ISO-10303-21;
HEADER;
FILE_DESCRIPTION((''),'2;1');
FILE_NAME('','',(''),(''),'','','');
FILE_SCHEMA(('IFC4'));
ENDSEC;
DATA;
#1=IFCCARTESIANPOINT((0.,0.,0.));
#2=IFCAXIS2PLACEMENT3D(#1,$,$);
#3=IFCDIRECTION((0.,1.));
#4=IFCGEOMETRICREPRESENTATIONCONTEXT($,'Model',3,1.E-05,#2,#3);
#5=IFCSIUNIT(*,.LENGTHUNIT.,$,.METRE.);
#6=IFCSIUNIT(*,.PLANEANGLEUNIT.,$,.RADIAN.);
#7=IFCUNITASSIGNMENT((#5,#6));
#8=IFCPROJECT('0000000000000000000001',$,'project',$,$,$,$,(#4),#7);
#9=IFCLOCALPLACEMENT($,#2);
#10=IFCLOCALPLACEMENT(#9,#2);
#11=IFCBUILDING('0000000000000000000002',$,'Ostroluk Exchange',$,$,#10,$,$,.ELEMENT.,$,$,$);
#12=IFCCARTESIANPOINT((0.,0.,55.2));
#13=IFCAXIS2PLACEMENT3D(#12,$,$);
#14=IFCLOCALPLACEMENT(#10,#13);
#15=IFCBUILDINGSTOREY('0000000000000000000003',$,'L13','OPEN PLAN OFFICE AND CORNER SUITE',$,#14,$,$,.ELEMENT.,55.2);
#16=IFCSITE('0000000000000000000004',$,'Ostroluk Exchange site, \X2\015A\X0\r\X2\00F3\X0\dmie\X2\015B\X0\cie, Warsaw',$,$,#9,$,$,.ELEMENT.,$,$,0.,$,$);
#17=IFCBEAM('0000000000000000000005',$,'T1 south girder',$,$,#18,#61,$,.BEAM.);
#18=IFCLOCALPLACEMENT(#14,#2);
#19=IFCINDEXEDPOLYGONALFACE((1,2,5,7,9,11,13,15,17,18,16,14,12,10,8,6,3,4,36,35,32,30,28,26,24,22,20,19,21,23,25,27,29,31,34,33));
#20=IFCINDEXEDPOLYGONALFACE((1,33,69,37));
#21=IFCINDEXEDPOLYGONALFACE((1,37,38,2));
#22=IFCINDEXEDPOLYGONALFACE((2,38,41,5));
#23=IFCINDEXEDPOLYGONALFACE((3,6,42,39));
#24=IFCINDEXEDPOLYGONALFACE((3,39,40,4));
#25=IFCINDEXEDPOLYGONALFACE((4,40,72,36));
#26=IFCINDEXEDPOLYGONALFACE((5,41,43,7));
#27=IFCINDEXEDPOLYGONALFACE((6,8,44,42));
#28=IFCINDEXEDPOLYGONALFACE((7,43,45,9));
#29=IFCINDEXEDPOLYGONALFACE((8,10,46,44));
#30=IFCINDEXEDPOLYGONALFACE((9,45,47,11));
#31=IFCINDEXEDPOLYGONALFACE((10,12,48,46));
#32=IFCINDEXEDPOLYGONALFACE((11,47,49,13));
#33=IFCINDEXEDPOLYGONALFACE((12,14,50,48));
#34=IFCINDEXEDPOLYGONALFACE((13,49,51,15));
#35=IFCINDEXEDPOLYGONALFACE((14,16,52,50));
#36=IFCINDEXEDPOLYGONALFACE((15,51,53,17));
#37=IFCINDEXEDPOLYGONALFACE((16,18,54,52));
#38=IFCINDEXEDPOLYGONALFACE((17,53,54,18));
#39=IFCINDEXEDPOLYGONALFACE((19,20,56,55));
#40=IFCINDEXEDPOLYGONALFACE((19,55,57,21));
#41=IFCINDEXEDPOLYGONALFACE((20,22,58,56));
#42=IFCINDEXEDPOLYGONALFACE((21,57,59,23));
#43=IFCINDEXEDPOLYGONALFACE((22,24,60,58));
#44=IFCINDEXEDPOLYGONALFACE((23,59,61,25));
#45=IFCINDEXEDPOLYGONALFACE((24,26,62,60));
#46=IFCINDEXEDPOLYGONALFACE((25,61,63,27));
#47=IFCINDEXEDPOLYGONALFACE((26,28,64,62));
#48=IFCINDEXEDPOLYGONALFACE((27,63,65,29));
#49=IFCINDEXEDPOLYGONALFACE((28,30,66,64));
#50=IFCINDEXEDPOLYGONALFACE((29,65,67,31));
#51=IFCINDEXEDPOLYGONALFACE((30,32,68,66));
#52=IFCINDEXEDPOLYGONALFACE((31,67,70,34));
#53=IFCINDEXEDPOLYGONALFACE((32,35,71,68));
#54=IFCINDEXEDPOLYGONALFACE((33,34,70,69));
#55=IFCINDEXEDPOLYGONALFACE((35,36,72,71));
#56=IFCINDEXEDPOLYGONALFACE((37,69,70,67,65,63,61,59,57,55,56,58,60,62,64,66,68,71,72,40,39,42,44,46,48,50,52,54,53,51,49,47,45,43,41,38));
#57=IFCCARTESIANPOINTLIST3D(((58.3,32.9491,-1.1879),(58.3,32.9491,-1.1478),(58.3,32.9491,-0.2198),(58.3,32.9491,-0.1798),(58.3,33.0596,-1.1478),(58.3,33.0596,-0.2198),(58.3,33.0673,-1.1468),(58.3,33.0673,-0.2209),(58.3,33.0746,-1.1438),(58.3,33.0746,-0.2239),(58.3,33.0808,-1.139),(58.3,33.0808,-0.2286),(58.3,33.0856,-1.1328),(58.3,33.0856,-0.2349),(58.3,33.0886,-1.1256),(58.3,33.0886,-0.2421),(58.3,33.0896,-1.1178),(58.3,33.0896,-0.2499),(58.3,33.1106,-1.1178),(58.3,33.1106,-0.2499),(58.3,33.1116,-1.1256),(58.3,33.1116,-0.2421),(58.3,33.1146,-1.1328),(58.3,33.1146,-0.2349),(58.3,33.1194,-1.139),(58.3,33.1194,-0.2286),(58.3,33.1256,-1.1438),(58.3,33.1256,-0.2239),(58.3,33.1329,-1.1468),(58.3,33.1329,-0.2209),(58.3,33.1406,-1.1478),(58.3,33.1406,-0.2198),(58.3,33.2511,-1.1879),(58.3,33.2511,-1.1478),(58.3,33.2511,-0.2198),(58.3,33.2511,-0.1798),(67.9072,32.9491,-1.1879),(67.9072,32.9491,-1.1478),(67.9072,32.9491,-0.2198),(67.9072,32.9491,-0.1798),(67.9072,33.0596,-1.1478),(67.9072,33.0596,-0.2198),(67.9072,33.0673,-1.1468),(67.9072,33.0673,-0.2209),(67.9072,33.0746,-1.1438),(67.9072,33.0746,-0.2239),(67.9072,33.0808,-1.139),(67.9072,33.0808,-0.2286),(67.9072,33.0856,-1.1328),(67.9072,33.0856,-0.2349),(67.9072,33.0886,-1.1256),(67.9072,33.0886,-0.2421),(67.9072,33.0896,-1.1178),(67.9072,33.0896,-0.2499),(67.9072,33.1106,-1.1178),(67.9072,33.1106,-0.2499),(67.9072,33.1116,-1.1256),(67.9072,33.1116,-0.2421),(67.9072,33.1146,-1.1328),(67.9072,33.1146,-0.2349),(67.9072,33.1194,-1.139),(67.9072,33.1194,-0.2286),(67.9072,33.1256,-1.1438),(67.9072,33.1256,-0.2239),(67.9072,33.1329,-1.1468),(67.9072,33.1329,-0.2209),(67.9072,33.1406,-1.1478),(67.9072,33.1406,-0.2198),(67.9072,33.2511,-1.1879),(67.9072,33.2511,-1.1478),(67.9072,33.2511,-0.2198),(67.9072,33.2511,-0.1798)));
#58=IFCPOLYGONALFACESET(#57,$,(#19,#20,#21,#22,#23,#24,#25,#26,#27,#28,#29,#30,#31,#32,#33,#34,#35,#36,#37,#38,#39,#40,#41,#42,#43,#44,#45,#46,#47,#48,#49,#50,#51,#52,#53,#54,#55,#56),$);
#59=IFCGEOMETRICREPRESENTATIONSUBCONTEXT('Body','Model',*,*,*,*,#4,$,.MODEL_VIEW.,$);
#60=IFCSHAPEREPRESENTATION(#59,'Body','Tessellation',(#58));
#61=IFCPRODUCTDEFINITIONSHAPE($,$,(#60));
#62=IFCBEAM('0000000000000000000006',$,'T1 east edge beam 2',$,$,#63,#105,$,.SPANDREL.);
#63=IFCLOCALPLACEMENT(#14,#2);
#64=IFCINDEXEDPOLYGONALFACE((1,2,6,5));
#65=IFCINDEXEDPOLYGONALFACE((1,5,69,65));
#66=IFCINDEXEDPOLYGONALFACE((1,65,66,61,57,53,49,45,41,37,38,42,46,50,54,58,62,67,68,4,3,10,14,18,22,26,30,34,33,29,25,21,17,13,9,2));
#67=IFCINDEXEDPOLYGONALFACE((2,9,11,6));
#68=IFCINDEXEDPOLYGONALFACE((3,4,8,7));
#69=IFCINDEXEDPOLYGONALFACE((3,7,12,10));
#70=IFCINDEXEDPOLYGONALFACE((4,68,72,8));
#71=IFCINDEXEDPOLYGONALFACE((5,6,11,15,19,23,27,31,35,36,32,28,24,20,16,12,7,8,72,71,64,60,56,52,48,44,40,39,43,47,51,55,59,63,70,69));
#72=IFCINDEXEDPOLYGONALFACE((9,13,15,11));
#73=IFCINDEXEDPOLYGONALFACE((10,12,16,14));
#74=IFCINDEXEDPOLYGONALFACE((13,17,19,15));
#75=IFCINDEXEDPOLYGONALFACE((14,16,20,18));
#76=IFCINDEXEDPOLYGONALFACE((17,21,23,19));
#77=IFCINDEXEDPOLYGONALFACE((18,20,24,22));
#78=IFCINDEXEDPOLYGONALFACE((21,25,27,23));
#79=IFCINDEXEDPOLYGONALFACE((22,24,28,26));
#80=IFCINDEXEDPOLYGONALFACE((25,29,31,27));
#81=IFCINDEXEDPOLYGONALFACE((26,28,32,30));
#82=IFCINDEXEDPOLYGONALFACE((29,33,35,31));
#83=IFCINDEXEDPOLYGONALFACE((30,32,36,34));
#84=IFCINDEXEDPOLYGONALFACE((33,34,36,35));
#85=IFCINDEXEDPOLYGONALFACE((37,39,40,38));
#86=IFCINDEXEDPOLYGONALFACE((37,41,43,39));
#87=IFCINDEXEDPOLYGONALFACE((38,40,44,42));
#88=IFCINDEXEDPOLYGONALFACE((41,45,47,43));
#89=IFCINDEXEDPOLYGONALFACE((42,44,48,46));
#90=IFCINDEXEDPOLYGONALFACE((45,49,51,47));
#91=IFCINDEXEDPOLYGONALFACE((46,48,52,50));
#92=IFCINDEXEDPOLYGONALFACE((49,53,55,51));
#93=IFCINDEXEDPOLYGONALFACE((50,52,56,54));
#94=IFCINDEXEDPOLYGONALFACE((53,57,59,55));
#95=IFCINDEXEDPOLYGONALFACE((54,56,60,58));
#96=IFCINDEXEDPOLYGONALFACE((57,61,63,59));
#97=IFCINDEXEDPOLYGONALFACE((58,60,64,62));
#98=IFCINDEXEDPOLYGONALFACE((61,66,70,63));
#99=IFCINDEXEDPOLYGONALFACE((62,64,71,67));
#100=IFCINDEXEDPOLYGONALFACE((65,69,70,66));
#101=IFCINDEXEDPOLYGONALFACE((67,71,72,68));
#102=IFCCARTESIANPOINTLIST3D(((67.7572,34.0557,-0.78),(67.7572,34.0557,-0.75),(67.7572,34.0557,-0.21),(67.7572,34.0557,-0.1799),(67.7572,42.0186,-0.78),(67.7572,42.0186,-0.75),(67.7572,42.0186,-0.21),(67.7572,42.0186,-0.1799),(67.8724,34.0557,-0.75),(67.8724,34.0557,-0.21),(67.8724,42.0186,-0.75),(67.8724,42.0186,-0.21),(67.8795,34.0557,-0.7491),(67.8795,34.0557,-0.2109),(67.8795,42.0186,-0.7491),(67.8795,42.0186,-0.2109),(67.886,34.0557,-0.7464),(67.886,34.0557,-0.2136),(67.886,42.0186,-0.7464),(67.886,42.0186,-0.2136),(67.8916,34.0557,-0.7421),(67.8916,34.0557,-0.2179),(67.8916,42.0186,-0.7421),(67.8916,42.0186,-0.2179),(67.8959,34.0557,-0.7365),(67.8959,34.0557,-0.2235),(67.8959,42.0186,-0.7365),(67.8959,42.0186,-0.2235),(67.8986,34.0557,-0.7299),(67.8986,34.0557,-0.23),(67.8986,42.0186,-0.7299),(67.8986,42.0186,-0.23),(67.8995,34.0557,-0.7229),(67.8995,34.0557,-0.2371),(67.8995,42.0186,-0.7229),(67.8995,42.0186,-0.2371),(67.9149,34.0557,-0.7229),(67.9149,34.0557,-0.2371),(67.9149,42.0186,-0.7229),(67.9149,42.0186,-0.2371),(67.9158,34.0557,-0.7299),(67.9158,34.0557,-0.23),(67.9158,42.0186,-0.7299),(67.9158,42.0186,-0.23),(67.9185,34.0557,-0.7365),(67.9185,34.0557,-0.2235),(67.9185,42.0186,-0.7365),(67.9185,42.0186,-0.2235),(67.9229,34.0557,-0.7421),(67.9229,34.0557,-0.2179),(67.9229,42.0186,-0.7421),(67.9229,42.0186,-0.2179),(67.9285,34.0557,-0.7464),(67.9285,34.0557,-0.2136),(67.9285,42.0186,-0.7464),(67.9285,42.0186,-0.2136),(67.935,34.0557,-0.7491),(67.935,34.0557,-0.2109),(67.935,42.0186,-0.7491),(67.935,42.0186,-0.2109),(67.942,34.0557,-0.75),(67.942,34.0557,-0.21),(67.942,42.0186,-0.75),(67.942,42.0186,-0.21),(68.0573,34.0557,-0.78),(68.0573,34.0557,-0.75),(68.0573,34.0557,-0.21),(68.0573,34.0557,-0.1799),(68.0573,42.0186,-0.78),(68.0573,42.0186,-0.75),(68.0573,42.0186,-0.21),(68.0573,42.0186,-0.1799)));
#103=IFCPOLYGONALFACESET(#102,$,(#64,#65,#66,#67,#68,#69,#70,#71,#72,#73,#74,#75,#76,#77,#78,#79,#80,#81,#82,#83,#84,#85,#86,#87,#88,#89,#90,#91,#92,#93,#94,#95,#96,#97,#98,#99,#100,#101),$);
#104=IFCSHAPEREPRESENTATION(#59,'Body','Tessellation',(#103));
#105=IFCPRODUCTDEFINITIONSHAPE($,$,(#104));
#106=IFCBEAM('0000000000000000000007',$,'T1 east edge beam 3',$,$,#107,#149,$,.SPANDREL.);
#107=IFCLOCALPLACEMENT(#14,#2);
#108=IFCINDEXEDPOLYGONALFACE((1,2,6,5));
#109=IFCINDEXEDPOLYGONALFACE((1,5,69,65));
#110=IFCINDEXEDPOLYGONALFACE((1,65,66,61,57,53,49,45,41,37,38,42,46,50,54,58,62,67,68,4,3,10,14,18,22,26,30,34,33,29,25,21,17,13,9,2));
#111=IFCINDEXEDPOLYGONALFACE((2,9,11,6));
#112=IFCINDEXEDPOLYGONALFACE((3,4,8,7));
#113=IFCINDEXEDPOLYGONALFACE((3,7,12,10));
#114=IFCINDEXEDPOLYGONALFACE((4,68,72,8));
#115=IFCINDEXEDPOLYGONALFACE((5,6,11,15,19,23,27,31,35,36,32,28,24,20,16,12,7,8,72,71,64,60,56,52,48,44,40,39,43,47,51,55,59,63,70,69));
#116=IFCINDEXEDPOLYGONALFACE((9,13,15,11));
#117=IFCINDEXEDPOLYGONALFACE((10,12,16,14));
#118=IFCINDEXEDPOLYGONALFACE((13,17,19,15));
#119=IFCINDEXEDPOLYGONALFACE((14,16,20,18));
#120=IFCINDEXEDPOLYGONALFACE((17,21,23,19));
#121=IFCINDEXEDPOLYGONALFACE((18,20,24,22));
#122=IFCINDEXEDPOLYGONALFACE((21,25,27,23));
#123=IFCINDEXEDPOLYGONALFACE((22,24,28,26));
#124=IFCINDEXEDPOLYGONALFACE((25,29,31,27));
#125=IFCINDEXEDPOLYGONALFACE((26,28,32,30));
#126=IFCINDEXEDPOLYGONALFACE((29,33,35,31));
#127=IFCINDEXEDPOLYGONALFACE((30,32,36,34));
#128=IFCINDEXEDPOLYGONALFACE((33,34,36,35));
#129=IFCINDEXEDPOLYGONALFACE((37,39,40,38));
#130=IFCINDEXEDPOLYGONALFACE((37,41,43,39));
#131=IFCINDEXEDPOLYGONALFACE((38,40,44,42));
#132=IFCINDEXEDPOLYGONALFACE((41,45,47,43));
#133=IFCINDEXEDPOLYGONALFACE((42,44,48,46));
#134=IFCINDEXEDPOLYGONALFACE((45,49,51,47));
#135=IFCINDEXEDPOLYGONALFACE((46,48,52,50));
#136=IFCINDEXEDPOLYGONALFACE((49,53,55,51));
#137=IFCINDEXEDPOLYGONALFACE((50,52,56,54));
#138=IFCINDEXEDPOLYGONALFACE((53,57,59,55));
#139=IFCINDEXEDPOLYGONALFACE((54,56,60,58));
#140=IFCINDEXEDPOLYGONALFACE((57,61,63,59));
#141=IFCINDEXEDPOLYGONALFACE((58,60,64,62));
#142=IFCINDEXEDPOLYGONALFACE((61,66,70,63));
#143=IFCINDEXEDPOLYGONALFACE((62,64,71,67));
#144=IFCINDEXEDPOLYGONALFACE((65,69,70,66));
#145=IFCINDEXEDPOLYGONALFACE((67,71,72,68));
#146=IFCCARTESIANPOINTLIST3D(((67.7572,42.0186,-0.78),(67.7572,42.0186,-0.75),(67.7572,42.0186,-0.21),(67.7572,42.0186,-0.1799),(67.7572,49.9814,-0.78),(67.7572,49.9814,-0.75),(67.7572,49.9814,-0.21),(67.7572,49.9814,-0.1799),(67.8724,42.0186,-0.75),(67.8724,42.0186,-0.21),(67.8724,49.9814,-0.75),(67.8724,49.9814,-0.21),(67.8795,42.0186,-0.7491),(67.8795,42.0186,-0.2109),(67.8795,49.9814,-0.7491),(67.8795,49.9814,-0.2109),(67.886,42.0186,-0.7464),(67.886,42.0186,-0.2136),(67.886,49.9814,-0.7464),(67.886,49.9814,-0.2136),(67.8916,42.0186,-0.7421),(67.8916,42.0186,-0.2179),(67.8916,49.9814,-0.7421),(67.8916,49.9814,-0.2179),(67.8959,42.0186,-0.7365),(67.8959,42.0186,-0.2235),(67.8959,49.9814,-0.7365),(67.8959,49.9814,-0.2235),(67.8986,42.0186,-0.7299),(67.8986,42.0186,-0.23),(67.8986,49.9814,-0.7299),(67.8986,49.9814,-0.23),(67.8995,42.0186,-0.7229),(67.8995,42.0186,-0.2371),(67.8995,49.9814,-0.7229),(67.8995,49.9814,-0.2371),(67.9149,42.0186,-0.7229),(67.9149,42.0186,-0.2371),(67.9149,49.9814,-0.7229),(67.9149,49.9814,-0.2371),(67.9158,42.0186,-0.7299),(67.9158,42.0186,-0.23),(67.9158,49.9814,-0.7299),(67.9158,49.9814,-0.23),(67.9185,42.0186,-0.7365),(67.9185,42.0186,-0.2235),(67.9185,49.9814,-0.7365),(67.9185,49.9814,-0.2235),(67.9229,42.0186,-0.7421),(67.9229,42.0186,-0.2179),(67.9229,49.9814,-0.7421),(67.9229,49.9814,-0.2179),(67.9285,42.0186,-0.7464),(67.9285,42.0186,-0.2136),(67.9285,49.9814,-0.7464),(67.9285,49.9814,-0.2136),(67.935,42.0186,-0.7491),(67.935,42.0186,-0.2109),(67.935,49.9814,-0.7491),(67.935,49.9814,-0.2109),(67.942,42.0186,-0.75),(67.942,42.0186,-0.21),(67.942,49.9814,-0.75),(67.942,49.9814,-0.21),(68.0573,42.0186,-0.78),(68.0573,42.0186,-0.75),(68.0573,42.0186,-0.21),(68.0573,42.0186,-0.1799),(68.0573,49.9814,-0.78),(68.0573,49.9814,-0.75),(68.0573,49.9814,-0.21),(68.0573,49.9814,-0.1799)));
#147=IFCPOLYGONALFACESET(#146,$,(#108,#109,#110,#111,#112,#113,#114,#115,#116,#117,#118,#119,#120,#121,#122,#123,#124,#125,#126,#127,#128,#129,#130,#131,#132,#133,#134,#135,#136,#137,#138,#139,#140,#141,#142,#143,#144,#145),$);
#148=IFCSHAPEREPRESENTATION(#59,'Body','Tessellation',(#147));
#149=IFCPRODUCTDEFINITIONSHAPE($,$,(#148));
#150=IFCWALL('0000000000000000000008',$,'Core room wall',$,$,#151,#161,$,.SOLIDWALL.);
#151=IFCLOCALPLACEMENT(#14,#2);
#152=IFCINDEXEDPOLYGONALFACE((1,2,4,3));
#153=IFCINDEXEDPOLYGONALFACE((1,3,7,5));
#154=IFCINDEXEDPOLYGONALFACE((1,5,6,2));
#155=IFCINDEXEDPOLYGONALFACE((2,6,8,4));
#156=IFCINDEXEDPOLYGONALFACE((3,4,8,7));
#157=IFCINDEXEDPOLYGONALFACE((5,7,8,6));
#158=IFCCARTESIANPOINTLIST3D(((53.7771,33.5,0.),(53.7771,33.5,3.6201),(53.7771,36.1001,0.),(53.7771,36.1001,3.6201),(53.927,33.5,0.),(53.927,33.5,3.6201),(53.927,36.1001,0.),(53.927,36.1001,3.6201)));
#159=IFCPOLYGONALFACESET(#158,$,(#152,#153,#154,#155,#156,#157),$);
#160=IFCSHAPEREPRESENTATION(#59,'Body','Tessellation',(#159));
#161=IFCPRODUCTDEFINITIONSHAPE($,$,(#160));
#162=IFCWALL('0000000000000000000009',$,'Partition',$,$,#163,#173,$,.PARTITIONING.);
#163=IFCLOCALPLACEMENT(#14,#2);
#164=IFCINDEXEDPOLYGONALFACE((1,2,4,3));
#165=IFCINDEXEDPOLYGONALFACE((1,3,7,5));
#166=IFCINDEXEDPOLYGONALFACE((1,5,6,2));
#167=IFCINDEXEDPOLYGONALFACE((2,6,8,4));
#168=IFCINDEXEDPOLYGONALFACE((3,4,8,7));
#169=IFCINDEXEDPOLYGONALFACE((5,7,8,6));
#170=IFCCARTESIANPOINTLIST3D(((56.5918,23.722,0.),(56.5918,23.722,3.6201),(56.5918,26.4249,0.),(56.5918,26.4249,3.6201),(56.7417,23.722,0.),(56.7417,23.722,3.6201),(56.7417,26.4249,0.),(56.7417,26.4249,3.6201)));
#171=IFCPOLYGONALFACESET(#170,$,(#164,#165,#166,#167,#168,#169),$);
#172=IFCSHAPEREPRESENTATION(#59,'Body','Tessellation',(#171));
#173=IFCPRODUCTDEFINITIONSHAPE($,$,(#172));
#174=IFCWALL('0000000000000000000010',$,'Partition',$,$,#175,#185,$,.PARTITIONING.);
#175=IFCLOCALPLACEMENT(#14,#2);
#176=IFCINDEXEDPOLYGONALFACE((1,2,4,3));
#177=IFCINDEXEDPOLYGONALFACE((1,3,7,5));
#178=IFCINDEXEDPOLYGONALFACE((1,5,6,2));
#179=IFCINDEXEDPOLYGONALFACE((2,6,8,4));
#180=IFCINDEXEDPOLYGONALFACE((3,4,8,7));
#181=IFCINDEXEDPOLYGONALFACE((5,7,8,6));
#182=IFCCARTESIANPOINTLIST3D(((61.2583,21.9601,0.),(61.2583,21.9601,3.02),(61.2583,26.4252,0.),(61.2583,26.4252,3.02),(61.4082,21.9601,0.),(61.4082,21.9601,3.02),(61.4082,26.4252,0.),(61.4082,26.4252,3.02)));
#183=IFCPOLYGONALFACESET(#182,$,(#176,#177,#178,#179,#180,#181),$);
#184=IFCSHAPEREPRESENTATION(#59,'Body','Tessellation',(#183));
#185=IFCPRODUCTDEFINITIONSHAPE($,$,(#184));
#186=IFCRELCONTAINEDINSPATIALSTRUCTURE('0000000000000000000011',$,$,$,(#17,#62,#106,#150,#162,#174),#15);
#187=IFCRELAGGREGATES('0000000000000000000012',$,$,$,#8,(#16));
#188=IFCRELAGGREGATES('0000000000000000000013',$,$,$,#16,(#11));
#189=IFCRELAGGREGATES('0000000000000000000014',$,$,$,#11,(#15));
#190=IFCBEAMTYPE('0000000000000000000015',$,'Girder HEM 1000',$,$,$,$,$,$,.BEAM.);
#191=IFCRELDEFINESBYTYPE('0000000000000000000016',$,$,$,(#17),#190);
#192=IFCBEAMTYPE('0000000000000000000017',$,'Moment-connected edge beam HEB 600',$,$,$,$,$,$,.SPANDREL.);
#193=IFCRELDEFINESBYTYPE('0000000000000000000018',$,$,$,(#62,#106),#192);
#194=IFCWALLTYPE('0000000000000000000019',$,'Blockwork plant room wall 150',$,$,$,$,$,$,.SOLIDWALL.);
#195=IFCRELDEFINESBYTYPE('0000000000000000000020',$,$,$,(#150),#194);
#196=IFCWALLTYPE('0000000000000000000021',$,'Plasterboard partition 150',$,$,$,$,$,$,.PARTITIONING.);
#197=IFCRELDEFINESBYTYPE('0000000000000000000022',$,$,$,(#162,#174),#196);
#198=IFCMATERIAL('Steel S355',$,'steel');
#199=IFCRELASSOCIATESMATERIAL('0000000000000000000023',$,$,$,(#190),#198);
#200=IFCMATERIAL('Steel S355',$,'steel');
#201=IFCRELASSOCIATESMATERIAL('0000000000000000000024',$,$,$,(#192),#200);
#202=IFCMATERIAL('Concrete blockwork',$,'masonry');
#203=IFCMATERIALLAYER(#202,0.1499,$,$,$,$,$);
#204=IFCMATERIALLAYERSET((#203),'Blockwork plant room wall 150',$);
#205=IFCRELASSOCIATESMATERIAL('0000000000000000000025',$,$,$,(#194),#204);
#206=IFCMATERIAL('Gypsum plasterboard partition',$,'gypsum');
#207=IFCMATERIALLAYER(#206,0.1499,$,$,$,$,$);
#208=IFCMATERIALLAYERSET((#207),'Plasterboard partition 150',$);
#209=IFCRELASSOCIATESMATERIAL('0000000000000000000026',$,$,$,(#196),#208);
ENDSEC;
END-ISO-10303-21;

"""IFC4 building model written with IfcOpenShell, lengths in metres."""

from ifc_helpers import new_model, si_unit, direction, frame, frame_2d, origin, origin_2d, place, context, subcontext, project, spatial, rectangle, i_section, extrude, material, layer, layer_set, material_profile, profile_set, type_object, element, save


model = new_model("IFC4")

# Units and contexts
model_context = context("Model", 3, precision=1e-05, world=origin(), true_north=direction((0.0, 1.0)))
body_context = subcontext(model_context, "Body", "Model", "MODEL_VIEW")
ifc_project = project(units=[si_unit("LENGTHUNIT", "METRE"), si_unit("PLANEANGLEUNIT", "RADIAN")], contexts=[model_context])

# Site, building, storey
site_placement = place(None, origin())
site = spatial("IfcSite", under=ifc_project, at=site_placement, Name="Ostroluk Exchange site, Śródmieście, Warsaw", CompositionType="ELEMENT", RefElevation=0.0)
building_placement = place(site_placement, origin())
building = spatial("IfcBuilding", under=site, at=building_placement, Name="Ostroluk Exchange", CompositionType="ELEMENT")
storey_placement = place(building_placement, frame((0.0, 0.0, 55.2)))
storey = spatial("IfcBuildingStorey", under=building, at=storey_placement, Name="L13", Description="OPEN PLAN OFFICE AND CORNER SUITE", CompositionType="ELEMENT", Elevation=55.2)

# Beams
ifc_material_1 = material(Name="Steel S355", Category="steel")
ifc_material_profile_1 = material_profile(ifc_material_1, i_section(OverallWidth=0.302, OverallDepth=1.0081, WebThickness=0.021, FlangeThickness=0.04, FilletRadius=0.03, at=origin_2d()), Name="HEM 1000")
ifc_profile_set_1 = profile_set([ifc_material_profile_1], Name="Steel S355")
beam_type_1 = type_object("IfcBeamType", Name="Girder HEM 1000", PredefinedType="BEAM", material=ifc_profile_set_1)
beam_1_placement = place(storey_placement, frame((58.3, 33.1001, -0.6838), z_axis=(1.0, 0.0, 0.0), x_axis=(0.0, 1.0, 0.0)))
element("IfcBeam", 1, at=beam_1_placement, inside=storey, type_object=beam_type_1, Name="T1 south girder", PredefinedType="BEAM", context=body_context, shape_type="SweptSolid", body=[
    extrude(i_section(OverallWidth=0.302, OverallDepth=1.0081, WebThickness=0.021, FlangeThickness=0.04, FilletRadius=0.03, at=origin_2d()), origin(), (0.0, 0.0, 1.0), 9.6072),
])
ifc_material_2 = material(Name="Steel S355", Category="steel")
ifc_material_profile_2 = material_profile(ifc_material_2, i_section(OverallWidth=0.3, OverallDepth=0.6001, WebThickness=0.0154, FlangeThickness=0.03, FilletRadius=0.0271, at=origin_2d()), Name="HEB 600")
ifc_profile_set_2 = profile_set([ifc_material_profile_2], Name="Steel S355")
beam_type_2 = type_object("IfcBeamType", Name="Moment-connected edge beam HEB 600", PredefinedType="SPANDREL", material=ifc_profile_set_2)
for number, where, z_axis, x_axis, name in (
    (2, (67.9072, 34.0557, -0.48), (0.0, 1.0, 0.0), (-1.0, 0.0, 0.0), "T1 east edge beam 2"),
    (3, (67.9072, 42.0186, -0.48), (0.0, 1.0, 0.0), (-1.0, 0.0, 0.0), "T1 east edge beam 3"),
):
    element("IfcBeam", number, at=place(storey_placement, frame(where, z_axis=z_axis, x_axis=x_axis)), inside=storey, type_object=beam_type_2, Name=name, PredefinedType="SPANDREL", context=body_context, shape_type="SweptSolid", body=[
        extrude(i_section(OverallWidth=0.3, OverallDepth=0.6001, WebThickness=0.0154, FlangeThickness=0.03, FilletRadius=0.0271, at=origin_2d()), origin(), (0.0, 0.0, 1.0), 7.9629),
    ])

# Wall
ifc_material_3 = material(Name="Concrete blockwork", Category="masonry")
ifc_layer_1 = layer(ifc_material_3, 0.1499)
ifc_layer_set_1 = layer_set([ifc_layer_1], Name="Blockwork plant room wall 150")
wall_type_1 = type_object("IfcWallType", Name="Blockwork plant room wall 150", PredefinedType="SOLIDWALL", material=ifc_layer_set_1)
wall_1_placement = place(storey_placement, frame((53.8521, 33.5, 0.0), z_axis=(0.0, 0.0, 1.0), x_axis=(0.0, 1.0, 0.0)))
element("IfcWall", 4, at=wall_1_placement, inside=storey, type_object=wall_type_1, Name="Core room wall", PredefinedType="SOLIDWALL", context=body_context, shape_type="SweptSolid", body=[
    extrude(rectangle(XDim=2.6001, YDim=0.1499, at=frame_2d((1.3, 0.0))), origin(), (0.0, 0.0, 1.0), 3.6201),
])

# Walls
ifc_material_4 = material(Name="Gypsum plasterboard partition", Category="gypsum")
ifc_layer_2 = layer(ifc_material_4, 0.1499)
ifc_layer_set_2 = layer_set([ifc_layer_2], Name="Plasterboard partition 150")
wall_type_2 = type_object("IfcWallType", Name="Plasterboard partition 150", PredefinedType="PARTITIONING", material=ifc_layer_set_2)
wall_2_placement = place(storey_placement, frame((56.6667, 26.425, 0.0), z_axis=(0.0, 0.0, 1.0), x_axis=(0.0, -1.0, 0.0)))
element("IfcWall", 5, at=wall_2_placement, inside=storey, type_object=wall_type_2, Name="Partition", PredefinedType="PARTITIONING", context=body_context, shape_type="SweptSolid", body=[
    extrude(rectangle(XDim=2.7029, YDim=0.1499, at=frame_2d((1.3516, 0.0))), origin(), (0.0, 0.0, 1.0), 3.6201),
])
wall_3_placement = place(storey_placement, frame((61.3333, 26.425, 0.0), z_axis=(0.0, 0.0, 1.0), x_axis=(0.0, -1.0, 0.0)))
element("IfcWall", 6, at=wall_3_placement, inside=storey, type_object=wall_type_2, Name="Partition", PredefinedType="PARTITIONING", context=body_context, shape_type="SweptSolid", body=[
    extrude(rectangle(XDim=4.4651, YDim=0.1499, at=frame_2d((2.2324, 0.0))), origin(), (0.0, 0.0, 1.0), 3.02),
])

save(model, "model.ifc")
